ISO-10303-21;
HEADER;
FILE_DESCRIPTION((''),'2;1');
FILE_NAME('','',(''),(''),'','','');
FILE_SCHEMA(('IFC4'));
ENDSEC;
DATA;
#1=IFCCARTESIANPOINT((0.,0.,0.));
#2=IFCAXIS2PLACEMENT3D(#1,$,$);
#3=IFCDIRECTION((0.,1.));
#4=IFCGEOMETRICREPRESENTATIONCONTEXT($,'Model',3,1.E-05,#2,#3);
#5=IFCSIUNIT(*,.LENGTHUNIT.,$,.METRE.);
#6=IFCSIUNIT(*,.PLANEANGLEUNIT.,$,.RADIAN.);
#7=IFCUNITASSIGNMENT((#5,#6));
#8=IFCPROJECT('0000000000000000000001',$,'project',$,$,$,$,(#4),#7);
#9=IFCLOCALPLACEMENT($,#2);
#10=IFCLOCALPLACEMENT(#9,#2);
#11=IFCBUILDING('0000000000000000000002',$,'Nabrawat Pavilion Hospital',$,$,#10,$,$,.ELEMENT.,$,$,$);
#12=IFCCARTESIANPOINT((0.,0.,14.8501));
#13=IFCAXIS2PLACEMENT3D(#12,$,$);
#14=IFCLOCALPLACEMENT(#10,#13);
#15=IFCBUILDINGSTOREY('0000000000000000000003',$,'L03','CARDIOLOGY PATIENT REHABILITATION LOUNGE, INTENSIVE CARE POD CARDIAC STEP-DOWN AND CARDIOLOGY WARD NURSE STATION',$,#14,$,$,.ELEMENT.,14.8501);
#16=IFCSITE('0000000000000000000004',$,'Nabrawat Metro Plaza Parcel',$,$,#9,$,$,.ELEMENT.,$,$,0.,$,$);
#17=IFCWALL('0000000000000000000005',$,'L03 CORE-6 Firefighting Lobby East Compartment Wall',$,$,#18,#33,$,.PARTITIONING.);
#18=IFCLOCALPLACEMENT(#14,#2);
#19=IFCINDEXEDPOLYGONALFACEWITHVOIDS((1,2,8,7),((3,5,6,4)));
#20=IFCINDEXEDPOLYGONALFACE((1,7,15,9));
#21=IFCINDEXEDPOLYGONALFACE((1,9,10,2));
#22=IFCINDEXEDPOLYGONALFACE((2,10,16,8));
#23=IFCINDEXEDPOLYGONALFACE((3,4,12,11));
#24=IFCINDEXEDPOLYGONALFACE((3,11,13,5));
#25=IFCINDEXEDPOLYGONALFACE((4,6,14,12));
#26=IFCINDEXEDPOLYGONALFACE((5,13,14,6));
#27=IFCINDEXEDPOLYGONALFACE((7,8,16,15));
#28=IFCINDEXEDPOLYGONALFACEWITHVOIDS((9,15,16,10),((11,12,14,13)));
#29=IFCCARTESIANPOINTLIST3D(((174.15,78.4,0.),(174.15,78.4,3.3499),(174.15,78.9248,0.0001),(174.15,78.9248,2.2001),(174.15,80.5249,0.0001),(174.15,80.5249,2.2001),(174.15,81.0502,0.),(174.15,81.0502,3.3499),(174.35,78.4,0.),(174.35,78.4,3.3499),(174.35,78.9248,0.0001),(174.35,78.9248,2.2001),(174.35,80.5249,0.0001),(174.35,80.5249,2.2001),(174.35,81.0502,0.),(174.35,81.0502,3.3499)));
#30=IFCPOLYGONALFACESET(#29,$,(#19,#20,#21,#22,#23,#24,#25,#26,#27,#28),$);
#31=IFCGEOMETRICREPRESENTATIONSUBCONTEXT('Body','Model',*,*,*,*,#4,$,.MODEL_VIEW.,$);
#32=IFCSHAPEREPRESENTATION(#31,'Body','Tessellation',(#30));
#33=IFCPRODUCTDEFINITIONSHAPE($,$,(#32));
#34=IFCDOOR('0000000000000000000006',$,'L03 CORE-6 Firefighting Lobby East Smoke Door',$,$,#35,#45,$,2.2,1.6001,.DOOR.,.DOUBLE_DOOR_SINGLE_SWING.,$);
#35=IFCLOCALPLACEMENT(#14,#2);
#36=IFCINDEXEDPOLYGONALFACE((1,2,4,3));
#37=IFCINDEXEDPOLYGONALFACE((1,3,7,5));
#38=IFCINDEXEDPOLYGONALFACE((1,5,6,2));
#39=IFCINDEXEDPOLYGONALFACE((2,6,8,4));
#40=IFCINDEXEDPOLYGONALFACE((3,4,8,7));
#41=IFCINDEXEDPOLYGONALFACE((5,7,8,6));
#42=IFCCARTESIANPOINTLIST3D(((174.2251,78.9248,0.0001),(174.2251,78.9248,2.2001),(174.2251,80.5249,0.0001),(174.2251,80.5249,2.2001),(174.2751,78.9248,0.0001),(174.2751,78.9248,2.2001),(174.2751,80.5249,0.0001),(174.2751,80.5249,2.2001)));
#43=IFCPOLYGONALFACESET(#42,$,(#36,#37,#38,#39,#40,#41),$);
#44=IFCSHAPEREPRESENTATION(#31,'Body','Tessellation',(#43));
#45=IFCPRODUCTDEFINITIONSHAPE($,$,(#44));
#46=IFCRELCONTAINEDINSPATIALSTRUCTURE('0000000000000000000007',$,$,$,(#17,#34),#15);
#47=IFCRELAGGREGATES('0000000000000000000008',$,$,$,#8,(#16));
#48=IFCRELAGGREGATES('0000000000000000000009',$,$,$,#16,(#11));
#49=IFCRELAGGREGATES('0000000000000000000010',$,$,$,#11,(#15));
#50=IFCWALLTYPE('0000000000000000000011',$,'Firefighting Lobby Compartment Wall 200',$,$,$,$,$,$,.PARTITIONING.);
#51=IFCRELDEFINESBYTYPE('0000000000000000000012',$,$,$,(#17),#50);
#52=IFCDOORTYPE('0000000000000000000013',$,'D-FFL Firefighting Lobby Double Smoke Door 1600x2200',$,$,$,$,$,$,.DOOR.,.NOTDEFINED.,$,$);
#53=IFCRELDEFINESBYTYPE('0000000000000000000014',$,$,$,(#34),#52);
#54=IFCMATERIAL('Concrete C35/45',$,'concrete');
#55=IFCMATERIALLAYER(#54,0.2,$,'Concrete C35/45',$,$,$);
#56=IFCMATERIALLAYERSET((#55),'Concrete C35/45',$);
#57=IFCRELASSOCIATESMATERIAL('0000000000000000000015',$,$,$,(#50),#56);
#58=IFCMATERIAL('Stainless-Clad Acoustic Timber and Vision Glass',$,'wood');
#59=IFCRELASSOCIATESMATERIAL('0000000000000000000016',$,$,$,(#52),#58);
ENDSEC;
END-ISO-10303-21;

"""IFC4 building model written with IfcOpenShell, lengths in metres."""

from ifc_helpers import new_model, si_unit, direction, frame, frame_2d, origin, place, context, subcontext, project, spatial, rectangle, extrude, material, layer, layer_set, type_object, element, fill, save


model = new_model("IFC4")

# Units and contexts
model_context = context("Model", 3, precision=1e-05, world=origin(), true_north=direction((0.0, 1.0)))
body_context = subcontext(model_context, "Body", "Model", "MODEL_VIEW")
ifc_project = project(units=[si_unit("LENGTHUNIT", "METRE"), si_unit("PLANEANGLEUNIT", "RADIAN")], contexts=[model_context])

# Site, building, storey
site_placement = place(None, origin())
site = spatial("IfcSite", under=ifc_project, at=site_placement, Name="Nabrawat Metro Plaza Parcel", CompositionType="ELEMENT", RefElevation=0.0)
building_placement = place(site_placement, origin())
building = spatial("IfcBuilding", under=site, at=building_placement, Name="Nabrawat Pavilion Hospital", CompositionType="ELEMENT")
storey_placement = place(building_placement, frame((0.0, 0.0, 14.8501)))
storey = spatial("IfcBuildingStorey", under=building, at=storey_placement, Name="L03", Description="CARDIOLOGY PATIENT REHABILITATION LOUNGE, INTENSIVE CARE POD CARDIAC STEP-DOWN AND CARDIOLOGY WARD NURSE STATION", CompositionType="ELEMENT", Elevation=14.8501)

# Wall, opening, door
ifc_material_1 = material(Name="Concrete C35/45", Category="concrete")
ifc_layer_1 = layer(ifc_material_1, 0.2, Name="Concrete C35/45")
ifc_layer_set_1 = layer_set([ifc_layer_1], Name="Concrete C35/45")
wall_type_1 = type_object("IfcWallType", Name="Firefighting Lobby Compartment Wall 200", PredefinedType="PARTITIONING", material=ifc_layer_set_1)
wall_1_placement = place(storey_placement, frame((174.25, 78.3999, 0.0), z_axis=(0.0, 0.0, 1.0), x_axis=(0.0, 1.0, 0.0)))
wall_1 = element("IfcWall", 1, at=wall_1_placement, inside=storey, type_object=wall_type_1, Name="L03 CORE-6 Firefighting Lobby East Compartment Wall", PredefinedType="PARTITIONING", context=body_context, shape_type="SweptSolid", body=[
    extrude(rectangle(XDim=2.6501, YDim=0.2, at=frame_2d((1.3252, 0.0))), origin(), (0.0, 0.0, 1.0), 3.3499),
])
opening_placement = place(wall_1_placement, frame((0.5249, 0.0, 0.0)))
opening = element("IfcOpeningElement", 2, at=opening_placement, cuts=wall_1, PredefinedType="OPENING", context=body_context, shape_type="SweptSolid", body=[
    extrude(rectangle(XDim=1.6001, YDim=2.2, at=frame_2d((0.8, 1.1001))), frame((0.0, 0.1099, 0.0), z_axis=(0.0, -1.0, 0.0), x_axis=(1.0, 0.0, 0.0)), (0.0, 0.0, 1.0), 0.22),
])
ifc_material_2 = material(Name="Stainless-Clad Acoustic Timber and Vision Glass", Category="wood")
door_type = type_object("IfcDoorType", Name="D-FFL Firefighting Lobby Double Smoke Door 1600x2200", OperationType="NOTDEFINED", PredefinedType="DOOR", material=ifc_material_2)
door_placement = place(opening_placement, origin())
door = element("IfcDoor", 3, at=door_placement, inside=storey, type_object=door_type, Name="L03 CORE-6 Firefighting Lobby East Smoke Door", OperationType="DOUBLE_DOOR_SINGLE_SWING", OverallHeight=2.2, OverallWidth=1.6001, PredefinedType="DOOR", context=body_context, shape_type="SweptSolid", body=[
    extrude(rectangle(XDim=1.6001, YDim=2.2, at=frame_2d((0.8, 1.1001))), frame((0.0, 0.0249, 0.0), z_axis=(0.0, -1.0, 0.0), x_axis=(1.0, 0.0, 0.0)), (0.0, 0.0, 1.0), 0.05),
])
fill(opening, door)

save(model, "model.ifc")
